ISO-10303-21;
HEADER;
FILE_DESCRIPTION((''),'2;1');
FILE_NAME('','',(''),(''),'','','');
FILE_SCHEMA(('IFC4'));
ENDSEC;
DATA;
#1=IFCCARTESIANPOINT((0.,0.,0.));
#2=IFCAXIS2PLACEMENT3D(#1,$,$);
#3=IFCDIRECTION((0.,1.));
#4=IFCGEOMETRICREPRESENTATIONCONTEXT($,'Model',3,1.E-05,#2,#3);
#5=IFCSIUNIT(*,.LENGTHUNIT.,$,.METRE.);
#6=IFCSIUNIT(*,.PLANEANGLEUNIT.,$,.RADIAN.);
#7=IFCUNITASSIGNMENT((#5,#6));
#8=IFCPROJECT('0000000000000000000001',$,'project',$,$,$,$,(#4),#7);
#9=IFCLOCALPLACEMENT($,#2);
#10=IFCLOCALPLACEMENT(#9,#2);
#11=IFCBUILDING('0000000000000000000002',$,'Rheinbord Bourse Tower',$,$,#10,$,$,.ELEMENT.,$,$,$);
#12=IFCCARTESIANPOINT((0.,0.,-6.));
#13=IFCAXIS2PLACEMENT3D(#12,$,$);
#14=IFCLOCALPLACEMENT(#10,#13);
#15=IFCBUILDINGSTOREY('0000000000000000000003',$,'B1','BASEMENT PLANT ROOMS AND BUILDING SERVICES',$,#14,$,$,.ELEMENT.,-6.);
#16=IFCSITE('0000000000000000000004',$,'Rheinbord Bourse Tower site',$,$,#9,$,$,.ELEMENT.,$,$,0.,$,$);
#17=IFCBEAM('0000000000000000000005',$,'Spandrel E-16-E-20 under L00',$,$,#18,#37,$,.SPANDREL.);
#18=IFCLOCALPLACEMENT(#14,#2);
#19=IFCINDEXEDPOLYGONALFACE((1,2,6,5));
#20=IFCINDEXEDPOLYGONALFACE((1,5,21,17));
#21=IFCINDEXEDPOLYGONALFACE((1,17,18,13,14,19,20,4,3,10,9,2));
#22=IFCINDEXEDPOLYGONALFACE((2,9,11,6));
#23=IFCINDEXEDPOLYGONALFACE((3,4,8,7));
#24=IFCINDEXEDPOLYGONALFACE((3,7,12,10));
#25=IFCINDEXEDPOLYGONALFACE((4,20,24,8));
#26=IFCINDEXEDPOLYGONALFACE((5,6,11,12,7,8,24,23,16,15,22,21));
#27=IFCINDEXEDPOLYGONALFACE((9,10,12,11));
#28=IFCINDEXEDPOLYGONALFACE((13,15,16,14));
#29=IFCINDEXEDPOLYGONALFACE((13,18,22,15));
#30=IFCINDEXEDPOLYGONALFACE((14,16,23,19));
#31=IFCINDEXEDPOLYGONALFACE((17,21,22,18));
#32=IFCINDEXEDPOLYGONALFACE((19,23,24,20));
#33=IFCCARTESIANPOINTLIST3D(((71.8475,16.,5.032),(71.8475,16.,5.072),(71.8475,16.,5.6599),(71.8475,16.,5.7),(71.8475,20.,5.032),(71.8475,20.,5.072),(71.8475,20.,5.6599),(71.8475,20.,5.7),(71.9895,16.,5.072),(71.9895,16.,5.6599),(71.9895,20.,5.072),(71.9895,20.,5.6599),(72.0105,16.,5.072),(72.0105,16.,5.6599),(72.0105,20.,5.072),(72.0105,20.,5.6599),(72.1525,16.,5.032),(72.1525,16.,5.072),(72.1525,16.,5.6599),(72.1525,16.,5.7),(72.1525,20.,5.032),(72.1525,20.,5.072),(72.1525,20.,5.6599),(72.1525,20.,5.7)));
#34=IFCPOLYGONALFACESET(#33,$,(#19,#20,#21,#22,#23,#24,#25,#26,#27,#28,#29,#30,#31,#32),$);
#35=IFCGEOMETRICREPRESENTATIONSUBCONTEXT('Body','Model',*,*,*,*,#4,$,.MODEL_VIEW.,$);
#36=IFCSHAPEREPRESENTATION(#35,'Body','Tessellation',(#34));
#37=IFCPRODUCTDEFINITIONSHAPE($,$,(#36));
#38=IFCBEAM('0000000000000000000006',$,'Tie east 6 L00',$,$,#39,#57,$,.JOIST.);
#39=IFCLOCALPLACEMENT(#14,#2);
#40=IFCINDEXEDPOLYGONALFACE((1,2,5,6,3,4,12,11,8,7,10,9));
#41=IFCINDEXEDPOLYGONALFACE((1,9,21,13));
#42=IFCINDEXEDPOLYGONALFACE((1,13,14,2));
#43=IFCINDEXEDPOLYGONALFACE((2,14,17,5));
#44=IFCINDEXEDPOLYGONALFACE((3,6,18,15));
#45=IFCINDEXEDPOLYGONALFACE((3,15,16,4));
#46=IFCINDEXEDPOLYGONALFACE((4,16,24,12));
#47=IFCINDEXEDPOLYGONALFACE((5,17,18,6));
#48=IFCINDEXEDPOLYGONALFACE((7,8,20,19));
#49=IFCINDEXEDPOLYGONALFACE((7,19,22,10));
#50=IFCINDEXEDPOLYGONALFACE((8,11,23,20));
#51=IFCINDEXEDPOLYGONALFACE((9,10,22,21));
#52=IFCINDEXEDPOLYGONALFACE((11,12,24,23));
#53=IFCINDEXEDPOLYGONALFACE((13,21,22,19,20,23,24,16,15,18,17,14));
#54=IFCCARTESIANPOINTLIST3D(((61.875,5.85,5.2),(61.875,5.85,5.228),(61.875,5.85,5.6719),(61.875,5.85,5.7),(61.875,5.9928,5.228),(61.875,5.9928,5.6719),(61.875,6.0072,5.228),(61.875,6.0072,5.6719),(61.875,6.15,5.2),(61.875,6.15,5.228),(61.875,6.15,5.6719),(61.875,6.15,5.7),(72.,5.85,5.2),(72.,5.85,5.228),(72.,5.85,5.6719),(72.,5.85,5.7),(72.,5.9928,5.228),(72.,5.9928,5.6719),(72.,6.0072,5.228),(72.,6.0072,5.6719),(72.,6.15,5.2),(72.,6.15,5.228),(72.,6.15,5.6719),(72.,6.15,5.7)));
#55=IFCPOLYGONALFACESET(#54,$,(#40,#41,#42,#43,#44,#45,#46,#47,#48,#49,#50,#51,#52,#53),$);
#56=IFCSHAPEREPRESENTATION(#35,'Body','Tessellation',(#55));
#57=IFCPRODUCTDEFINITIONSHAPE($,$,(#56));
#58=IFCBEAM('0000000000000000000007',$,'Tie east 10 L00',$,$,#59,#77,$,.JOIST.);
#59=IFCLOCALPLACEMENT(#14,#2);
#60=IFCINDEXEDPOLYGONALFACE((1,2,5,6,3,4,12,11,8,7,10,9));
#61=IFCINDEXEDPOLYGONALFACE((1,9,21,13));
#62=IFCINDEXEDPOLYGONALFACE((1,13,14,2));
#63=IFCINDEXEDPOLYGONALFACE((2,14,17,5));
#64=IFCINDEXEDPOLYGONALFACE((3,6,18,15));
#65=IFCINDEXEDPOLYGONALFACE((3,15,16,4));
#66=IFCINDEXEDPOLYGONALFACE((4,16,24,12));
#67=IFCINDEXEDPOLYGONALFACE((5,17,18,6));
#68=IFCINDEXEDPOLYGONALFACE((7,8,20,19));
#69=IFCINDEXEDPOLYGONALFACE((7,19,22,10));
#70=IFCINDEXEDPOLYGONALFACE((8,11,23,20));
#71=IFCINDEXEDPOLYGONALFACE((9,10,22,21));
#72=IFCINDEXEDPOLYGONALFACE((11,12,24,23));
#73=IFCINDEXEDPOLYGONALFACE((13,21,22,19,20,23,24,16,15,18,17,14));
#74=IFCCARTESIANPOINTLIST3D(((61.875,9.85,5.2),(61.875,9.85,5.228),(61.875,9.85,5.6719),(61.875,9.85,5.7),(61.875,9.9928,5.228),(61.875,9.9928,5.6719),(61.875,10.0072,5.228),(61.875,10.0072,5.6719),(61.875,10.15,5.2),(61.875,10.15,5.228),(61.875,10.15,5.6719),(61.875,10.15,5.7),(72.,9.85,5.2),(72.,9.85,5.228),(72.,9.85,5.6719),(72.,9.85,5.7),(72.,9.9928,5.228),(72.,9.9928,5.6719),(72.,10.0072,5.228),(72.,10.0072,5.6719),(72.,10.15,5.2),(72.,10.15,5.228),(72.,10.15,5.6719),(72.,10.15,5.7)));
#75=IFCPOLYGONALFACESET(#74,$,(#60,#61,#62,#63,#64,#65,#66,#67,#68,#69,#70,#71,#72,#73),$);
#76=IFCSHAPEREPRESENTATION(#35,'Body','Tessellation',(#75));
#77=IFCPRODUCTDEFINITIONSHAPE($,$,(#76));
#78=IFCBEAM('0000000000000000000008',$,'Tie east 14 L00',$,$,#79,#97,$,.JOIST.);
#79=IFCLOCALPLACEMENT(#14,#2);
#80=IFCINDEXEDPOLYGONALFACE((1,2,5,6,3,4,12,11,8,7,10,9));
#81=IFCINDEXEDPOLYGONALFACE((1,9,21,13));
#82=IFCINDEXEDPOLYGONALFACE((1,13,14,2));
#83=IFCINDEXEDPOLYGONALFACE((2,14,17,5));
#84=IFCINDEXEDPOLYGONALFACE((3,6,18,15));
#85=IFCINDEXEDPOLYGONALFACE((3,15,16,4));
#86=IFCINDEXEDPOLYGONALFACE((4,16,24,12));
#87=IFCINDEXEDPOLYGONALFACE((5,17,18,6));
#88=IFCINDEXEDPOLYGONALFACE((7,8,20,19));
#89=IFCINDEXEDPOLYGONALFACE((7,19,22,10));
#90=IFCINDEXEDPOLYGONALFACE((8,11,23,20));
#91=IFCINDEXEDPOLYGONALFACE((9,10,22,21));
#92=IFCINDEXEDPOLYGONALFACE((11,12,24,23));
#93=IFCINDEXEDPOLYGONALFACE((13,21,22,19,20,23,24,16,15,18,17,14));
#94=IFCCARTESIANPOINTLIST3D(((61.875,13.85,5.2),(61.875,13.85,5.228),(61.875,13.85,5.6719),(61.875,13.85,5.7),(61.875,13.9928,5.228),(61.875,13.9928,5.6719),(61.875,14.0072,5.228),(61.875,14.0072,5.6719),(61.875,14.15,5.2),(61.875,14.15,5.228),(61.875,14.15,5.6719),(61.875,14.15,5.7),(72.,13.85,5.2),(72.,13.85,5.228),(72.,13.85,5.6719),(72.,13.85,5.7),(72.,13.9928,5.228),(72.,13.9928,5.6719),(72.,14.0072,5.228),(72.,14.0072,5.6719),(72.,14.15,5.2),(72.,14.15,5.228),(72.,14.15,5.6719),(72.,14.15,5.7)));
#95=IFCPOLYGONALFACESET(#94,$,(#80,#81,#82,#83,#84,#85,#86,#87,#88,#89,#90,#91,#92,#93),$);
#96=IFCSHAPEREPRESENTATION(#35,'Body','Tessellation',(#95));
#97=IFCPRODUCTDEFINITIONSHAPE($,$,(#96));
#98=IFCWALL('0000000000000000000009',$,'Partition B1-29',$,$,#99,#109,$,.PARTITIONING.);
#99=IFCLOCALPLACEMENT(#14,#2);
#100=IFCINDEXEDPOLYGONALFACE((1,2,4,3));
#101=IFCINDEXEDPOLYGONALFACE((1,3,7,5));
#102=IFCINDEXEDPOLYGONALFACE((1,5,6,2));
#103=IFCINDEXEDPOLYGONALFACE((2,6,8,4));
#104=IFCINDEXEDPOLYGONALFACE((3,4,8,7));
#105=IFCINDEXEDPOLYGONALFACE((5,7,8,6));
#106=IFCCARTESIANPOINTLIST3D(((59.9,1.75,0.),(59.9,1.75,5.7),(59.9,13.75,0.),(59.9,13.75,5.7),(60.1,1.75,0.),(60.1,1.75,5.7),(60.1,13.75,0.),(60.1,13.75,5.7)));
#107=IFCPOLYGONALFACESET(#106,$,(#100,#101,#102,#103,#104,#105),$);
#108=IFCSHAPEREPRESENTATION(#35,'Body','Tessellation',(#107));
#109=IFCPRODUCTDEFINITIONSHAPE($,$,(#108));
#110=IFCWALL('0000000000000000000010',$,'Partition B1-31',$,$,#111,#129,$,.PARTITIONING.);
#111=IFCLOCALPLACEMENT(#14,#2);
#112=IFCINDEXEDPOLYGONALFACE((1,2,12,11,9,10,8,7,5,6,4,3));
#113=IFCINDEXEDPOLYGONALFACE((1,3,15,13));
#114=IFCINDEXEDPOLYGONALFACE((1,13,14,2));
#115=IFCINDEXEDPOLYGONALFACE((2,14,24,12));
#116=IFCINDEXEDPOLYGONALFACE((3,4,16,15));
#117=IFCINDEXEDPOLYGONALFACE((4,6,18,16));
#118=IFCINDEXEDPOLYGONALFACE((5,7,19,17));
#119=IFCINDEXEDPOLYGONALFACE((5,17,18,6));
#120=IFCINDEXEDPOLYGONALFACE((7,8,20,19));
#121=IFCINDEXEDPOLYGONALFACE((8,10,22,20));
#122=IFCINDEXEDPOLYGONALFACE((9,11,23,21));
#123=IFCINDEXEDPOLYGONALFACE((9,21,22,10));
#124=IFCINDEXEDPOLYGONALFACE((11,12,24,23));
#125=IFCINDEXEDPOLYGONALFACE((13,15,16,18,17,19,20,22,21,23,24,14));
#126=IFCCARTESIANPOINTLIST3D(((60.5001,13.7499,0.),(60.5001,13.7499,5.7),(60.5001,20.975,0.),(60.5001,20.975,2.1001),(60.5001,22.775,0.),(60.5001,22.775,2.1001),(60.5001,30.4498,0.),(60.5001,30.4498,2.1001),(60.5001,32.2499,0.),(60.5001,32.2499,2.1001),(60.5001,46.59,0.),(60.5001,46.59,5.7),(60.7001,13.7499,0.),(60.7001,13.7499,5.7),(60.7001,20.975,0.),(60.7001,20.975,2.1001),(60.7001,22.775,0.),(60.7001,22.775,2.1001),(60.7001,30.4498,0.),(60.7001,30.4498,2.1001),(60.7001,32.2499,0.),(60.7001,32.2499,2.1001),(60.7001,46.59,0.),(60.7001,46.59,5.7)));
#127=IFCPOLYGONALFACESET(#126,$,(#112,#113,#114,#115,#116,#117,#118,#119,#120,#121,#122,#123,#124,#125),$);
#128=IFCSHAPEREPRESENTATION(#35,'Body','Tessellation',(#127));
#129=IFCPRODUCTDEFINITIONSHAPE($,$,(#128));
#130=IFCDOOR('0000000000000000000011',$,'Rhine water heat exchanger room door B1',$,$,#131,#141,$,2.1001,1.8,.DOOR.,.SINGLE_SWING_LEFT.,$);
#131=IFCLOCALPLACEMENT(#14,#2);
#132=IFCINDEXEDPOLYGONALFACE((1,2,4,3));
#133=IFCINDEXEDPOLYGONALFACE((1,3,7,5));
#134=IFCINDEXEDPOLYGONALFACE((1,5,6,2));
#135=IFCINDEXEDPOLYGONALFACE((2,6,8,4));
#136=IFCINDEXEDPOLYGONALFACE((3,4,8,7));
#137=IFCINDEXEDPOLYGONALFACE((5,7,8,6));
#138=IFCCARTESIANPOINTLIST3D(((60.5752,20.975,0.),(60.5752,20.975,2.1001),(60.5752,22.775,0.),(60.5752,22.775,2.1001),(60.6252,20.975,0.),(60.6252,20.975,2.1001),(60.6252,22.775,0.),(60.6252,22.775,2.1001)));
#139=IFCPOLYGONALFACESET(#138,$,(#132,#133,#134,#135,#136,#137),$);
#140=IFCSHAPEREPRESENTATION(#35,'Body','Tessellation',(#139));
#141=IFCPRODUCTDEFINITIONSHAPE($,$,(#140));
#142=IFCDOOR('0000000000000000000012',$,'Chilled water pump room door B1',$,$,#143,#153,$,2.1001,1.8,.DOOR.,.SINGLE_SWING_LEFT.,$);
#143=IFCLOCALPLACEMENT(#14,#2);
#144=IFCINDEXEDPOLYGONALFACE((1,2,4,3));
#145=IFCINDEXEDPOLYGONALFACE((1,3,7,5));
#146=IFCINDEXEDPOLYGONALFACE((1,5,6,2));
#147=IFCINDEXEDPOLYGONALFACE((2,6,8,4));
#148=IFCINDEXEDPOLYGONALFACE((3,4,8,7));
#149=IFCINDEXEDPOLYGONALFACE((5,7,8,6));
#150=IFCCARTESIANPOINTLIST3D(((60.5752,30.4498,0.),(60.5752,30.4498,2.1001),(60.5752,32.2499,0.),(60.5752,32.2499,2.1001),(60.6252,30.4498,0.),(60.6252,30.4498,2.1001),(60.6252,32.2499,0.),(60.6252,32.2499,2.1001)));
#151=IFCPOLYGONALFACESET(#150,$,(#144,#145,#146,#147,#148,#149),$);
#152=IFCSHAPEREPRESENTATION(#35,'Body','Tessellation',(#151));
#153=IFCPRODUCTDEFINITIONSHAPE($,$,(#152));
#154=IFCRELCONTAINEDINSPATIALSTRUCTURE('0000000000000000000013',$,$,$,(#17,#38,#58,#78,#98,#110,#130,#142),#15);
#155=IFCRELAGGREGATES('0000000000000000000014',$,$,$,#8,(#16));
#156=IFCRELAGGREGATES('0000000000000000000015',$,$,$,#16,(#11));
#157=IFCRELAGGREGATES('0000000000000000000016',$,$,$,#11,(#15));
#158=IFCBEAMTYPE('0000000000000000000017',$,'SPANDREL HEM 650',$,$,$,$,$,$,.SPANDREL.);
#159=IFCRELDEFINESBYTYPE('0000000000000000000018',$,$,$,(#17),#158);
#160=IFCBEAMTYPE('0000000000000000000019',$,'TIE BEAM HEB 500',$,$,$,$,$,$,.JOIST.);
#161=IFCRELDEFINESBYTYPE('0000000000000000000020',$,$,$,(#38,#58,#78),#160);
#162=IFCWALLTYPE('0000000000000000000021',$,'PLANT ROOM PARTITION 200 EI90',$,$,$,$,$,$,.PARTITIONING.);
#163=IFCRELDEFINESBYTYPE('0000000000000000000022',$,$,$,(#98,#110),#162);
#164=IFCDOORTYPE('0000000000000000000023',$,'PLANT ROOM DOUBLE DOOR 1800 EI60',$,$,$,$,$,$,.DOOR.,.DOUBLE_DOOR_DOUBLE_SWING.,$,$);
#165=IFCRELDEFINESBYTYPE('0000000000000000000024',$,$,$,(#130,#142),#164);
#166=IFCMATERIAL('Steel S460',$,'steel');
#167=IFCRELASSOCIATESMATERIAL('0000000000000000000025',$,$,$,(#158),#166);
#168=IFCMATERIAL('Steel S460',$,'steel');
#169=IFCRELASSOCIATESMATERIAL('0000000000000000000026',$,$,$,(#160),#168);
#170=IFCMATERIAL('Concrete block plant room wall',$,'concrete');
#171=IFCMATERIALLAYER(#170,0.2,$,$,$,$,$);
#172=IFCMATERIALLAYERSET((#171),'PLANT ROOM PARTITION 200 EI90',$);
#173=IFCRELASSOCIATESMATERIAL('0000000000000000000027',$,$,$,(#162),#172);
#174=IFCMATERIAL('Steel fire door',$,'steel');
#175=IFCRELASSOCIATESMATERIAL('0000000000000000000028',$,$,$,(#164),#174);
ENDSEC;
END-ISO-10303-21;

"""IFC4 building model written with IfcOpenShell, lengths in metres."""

from ifc_helpers import new_model, si_unit, direction, frame, frame_2d, origin, origin_2d, place, context, subcontext, project, spatial, rectangle, i_section, extrude, material, layer, layer_set, material_profile, profile_set, type_object, element, fill, save


model = new_model("IFC4")

# Units and contexts
model_context = context("Model", 3, precision=1e-05, world=origin(), true_north=direction((0.0, 1.0)))
body_context = subcontext(model_context, "Body", "Model", "MODEL_VIEW")
ifc_project = project(units=[si_unit("LENGTHUNIT", "METRE"), si_unit("PLANEANGLEUNIT", "RADIAN")], contexts=[model_context])

# Site, building, storey
site_placement = place(None, origin())
site = spatial("IfcSite", under=ifc_project, at=site_placement, Name="Rheinbord Bourse Tower site", CompositionType="ELEMENT", RefElevation=0.0)
building_placement = place(site_placement, origin())
building = spatial("IfcBuilding", under=site, at=building_placement, Name="Rheinbord Bourse Tower", CompositionType="ELEMENT")
storey_placement = place(building_placement, frame((0.0, 0.0, -6.0)))
storey = spatial("IfcBuildingStorey", under=building, at=storey_placement, Name="B1", Description="BASEMENT PLANT ROOMS AND BUILDING SERVICES", CompositionType="ELEMENT", Elevation=-6.0)

# Beams
ifc_material_1 = material(Name="Steel S460", Category="steel")
ifc_material_profile_1 = material_profile(ifc_material_1, i_section(OverallWidth=0.3049, OverallDepth=0.668, WebThickness=0.021, FlangeThickness=0.04, at=origin_2d()), Name="HEM 650")
ifc_profile_set_1 = profile_set([ifc_material_profile_1], Name="Steel S460")
beam_type_1 = type_object("IfcBeamType", Name="SPANDREL HEM 650", PredefinedType="SPANDREL", material=ifc_profile_set_1)
for number, where, z_axis, x_axis, name in (
    (1, (72.0, 16.0, 5.366), (0.0, 1.0, 0.0), (-1.0, 0.0, 0.0), "Spandrel E-16-E-20 under L00"),
):
    element("IfcBeam", number, at=place(storey_placement, frame(where, z_axis=z_axis, x_axis=x_axis)), inside=storey, type_object=beam_type_1, Name=name, PredefinedType="SPANDREL", context=body_context, shape_type="SweptSolid", body=[
        extrude(i_section(OverallWidth=0.3049, OverallDepth=0.668, WebThickness=0.021, FlangeThickness=0.04, at=origin_2d()), origin(), (0.0, 0.0, 1.0), 4.0),
    ])
ifc_material_2 = material(Name="Steel S460", Category="steel")
ifc_material_profile_2 = material_profile(ifc_material_2, i_section(OverallWidth=0.3, OverallDepth=0.5, WebThickness=0.0144, FlangeThickness=0.0281, at=origin_2d()), Name="HEB 500")
ifc_profile_set_2 = profile_set([ifc_material_profile_2], Name="Steel S460")
beam_type_2 = type_object("IfcBeamType", Name="TIE BEAM HEB 500", PredefinedType="JOIST", material=ifc_profile_set_2)
for number, where, z_axis, x_axis, name in (
    (2, (61.875, 6.0, 5.45), (1.0, 0.0, 0.0), (0.0, 1.0, 0.0), "Tie east 6 L00"),
    (3, (61.875, 10.0, 5.45), (1.0, 0.0, 0.0), (0.0, 1.0, 0.0), "Tie east 10 L00"),
    (4, (61.875, 14.0, 5.45), (1.0, 0.0, 0.0), (0.0, 1.0, 0.0), "Tie east 14 L00"),
):
    element("IfcBeam", number, at=place(storey_placement, frame(where, z_axis=z_axis, x_axis=x_axis)), inside=storey, type_object=beam_type_2, Name=name, PredefinedType="JOIST", context=body_context, shape_type="SweptSolid", body=[
        extrude(i_section(OverallWidth=0.3, OverallDepth=0.5, WebThickness=0.0144, FlangeThickness=0.0281, at=origin_2d()), origin(), (0.0, 0.0, 1.0), 10.125),
    ])

# Wall
ifc_material_3 = material(Name="Concrete block plant room wall", Category="concrete")
ifc_layer = layer(ifc_material_3, 0.2)
ifc_layer_set = layer_set([ifc_layer], Name="PLANT ROOM PARTITION 200 EI90")
wall_type = type_object("IfcWallType", Name="PLANT ROOM PARTITION 200 EI90", PredefinedType="PARTITIONING", material=ifc_layer_set)
wall_1_placement = place(storey_placement, frame((60.0, 1.75, 0.0), z_axis=(0.0, 0.0, 1.0), x_axis=(0.0, 1.0, 0.0)))
element("IfcWall", 5, at=wall_1_placement, inside=storey, type_object=wall_type, Name="Partition B1-29", PredefinedType="PARTITIONING", context=body_context, shape_type="SweptSolid", body=[
    extrude(rectangle(XDim=12.0, YDim=0.2, at=frame_2d((6.0, 0.0))), origin(), (0.0, 0.0, 1.0), 5.7),
])

# Wall, openings, doors
wall_2_placement = place(storey_placement, frame((60.6001, 13.75, 0.0), z_axis=(0.0, 0.0, 1.0), x_axis=(0.0, 1.0, 0.0)))
wall_2 = element("IfcWall", 6, at=wall_2_placement, inside=storey, type_object=wall_type, Name="Partition B1-31", PredefinedType="PARTITIONING", context=body_context, shape_type="SweptSolid", body=[
    extrude(rectangle(XDim=32.8401, YDim=0.2, at=frame_2d((16.4199, 0.0))), origin(), (0.0, 0.0, 1.0), 5.7),
])
opening_1_placement = place(wall_2_placement, frame((7.2251, 0.0, 0.0)))
opening_1 = element("IfcOpeningElement", 7, at=opening_1_placement, cuts=wall_2, PredefinedType="OPENING", context=body_context, shape_type="SweptSolid", body=[
    extrude(rectangle(XDim=1.8, YDim=2.1001, at=frame_2d((0.8999, 1.05))), frame((0.0, 0.1099, 0.0), z_axis=(0.0, -1.0, 0.0), x_axis=(1.0, 0.0, 0.0)), (0.0, 0.0, 1.0), 0.22),
])
opening_2_placement = place(wall_2_placement, frame((16.7, 0.0, 0.0)))
opening_2 = element("IfcOpeningElement", 8, at=opening_2_placement, cuts=wall_2, PredefinedType="OPENING", context=body_context, shape_type="SweptSolid", body=[
    extrude(rectangle(XDim=1.8, YDim=2.1001, at=frame_2d((0.8999, 1.05))), frame((0.0, 0.1099, 0.0), z_axis=(0.0, -1.0, 0.0), x_axis=(1.0, 0.0, 0.0)), (0.0, 0.0, 1.0), 0.22),
])
ifc_material_4 = material(Name="Steel fire door", Category="steel")
door_type = type_object("IfcDoorType", Name="PLANT ROOM DOUBLE DOOR 1800 EI60", OperationType="DOUBLE_DOOR_DOUBLE_SWING", PredefinedType="DOOR", material=ifc_material_4)
door_1_placement = place(opening_1_placement, origin())
door_1 = element("IfcDoor", 9, at=door_1_placement, inside=storey, type_object=door_type, Name="Rhine water heat exchanger room door B1", OperationType="SINGLE_SWING_LEFT", OverallHeight=2.1001, OverallWidth=1.8, PredefinedType="DOOR", context=body_context, shape_type="SweptSolid", body=[
    extrude(rectangle(XDim=1.8, YDim=2.1001, at=frame_2d((0.8999, 1.05))), frame((0.0, 0.0249, 0.0), z_axis=(0.0, -1.0, 0.0), x_axis=(1.0, 0.0, 0.0)), (0.0, 0.0, 1.0), 0.05),
])
fill(opening_1, door_1)
door_2_placement = place(opening_2_placement, origin())
door_2 = element("IfcDoor", 10, at=door_2_placement, inside=storey, type_object=door_type, Name="Chilled water pump room door B1", OperationType="SINGLE_SWING_LEFT", OverallHeight=2.1001, OverallWidth=1.8, PredefinedType="DOOR", context=body_context, shape_type="SweptSolid", body=[
    extrude(rectangle(XDim=1.8, YDim=2.1001, at=frame_2d((0.8999, 1.05))), frame((0.0, 0.0249, 0.0), z_axis=(0.0, -1.0, 0.0), x_axis=(1.0, 0.0, 0.0)), (0.0, 0.0, 1.0), 0.05),
])
fill(opening_2, door_2)

save(model, "model.ifc")
